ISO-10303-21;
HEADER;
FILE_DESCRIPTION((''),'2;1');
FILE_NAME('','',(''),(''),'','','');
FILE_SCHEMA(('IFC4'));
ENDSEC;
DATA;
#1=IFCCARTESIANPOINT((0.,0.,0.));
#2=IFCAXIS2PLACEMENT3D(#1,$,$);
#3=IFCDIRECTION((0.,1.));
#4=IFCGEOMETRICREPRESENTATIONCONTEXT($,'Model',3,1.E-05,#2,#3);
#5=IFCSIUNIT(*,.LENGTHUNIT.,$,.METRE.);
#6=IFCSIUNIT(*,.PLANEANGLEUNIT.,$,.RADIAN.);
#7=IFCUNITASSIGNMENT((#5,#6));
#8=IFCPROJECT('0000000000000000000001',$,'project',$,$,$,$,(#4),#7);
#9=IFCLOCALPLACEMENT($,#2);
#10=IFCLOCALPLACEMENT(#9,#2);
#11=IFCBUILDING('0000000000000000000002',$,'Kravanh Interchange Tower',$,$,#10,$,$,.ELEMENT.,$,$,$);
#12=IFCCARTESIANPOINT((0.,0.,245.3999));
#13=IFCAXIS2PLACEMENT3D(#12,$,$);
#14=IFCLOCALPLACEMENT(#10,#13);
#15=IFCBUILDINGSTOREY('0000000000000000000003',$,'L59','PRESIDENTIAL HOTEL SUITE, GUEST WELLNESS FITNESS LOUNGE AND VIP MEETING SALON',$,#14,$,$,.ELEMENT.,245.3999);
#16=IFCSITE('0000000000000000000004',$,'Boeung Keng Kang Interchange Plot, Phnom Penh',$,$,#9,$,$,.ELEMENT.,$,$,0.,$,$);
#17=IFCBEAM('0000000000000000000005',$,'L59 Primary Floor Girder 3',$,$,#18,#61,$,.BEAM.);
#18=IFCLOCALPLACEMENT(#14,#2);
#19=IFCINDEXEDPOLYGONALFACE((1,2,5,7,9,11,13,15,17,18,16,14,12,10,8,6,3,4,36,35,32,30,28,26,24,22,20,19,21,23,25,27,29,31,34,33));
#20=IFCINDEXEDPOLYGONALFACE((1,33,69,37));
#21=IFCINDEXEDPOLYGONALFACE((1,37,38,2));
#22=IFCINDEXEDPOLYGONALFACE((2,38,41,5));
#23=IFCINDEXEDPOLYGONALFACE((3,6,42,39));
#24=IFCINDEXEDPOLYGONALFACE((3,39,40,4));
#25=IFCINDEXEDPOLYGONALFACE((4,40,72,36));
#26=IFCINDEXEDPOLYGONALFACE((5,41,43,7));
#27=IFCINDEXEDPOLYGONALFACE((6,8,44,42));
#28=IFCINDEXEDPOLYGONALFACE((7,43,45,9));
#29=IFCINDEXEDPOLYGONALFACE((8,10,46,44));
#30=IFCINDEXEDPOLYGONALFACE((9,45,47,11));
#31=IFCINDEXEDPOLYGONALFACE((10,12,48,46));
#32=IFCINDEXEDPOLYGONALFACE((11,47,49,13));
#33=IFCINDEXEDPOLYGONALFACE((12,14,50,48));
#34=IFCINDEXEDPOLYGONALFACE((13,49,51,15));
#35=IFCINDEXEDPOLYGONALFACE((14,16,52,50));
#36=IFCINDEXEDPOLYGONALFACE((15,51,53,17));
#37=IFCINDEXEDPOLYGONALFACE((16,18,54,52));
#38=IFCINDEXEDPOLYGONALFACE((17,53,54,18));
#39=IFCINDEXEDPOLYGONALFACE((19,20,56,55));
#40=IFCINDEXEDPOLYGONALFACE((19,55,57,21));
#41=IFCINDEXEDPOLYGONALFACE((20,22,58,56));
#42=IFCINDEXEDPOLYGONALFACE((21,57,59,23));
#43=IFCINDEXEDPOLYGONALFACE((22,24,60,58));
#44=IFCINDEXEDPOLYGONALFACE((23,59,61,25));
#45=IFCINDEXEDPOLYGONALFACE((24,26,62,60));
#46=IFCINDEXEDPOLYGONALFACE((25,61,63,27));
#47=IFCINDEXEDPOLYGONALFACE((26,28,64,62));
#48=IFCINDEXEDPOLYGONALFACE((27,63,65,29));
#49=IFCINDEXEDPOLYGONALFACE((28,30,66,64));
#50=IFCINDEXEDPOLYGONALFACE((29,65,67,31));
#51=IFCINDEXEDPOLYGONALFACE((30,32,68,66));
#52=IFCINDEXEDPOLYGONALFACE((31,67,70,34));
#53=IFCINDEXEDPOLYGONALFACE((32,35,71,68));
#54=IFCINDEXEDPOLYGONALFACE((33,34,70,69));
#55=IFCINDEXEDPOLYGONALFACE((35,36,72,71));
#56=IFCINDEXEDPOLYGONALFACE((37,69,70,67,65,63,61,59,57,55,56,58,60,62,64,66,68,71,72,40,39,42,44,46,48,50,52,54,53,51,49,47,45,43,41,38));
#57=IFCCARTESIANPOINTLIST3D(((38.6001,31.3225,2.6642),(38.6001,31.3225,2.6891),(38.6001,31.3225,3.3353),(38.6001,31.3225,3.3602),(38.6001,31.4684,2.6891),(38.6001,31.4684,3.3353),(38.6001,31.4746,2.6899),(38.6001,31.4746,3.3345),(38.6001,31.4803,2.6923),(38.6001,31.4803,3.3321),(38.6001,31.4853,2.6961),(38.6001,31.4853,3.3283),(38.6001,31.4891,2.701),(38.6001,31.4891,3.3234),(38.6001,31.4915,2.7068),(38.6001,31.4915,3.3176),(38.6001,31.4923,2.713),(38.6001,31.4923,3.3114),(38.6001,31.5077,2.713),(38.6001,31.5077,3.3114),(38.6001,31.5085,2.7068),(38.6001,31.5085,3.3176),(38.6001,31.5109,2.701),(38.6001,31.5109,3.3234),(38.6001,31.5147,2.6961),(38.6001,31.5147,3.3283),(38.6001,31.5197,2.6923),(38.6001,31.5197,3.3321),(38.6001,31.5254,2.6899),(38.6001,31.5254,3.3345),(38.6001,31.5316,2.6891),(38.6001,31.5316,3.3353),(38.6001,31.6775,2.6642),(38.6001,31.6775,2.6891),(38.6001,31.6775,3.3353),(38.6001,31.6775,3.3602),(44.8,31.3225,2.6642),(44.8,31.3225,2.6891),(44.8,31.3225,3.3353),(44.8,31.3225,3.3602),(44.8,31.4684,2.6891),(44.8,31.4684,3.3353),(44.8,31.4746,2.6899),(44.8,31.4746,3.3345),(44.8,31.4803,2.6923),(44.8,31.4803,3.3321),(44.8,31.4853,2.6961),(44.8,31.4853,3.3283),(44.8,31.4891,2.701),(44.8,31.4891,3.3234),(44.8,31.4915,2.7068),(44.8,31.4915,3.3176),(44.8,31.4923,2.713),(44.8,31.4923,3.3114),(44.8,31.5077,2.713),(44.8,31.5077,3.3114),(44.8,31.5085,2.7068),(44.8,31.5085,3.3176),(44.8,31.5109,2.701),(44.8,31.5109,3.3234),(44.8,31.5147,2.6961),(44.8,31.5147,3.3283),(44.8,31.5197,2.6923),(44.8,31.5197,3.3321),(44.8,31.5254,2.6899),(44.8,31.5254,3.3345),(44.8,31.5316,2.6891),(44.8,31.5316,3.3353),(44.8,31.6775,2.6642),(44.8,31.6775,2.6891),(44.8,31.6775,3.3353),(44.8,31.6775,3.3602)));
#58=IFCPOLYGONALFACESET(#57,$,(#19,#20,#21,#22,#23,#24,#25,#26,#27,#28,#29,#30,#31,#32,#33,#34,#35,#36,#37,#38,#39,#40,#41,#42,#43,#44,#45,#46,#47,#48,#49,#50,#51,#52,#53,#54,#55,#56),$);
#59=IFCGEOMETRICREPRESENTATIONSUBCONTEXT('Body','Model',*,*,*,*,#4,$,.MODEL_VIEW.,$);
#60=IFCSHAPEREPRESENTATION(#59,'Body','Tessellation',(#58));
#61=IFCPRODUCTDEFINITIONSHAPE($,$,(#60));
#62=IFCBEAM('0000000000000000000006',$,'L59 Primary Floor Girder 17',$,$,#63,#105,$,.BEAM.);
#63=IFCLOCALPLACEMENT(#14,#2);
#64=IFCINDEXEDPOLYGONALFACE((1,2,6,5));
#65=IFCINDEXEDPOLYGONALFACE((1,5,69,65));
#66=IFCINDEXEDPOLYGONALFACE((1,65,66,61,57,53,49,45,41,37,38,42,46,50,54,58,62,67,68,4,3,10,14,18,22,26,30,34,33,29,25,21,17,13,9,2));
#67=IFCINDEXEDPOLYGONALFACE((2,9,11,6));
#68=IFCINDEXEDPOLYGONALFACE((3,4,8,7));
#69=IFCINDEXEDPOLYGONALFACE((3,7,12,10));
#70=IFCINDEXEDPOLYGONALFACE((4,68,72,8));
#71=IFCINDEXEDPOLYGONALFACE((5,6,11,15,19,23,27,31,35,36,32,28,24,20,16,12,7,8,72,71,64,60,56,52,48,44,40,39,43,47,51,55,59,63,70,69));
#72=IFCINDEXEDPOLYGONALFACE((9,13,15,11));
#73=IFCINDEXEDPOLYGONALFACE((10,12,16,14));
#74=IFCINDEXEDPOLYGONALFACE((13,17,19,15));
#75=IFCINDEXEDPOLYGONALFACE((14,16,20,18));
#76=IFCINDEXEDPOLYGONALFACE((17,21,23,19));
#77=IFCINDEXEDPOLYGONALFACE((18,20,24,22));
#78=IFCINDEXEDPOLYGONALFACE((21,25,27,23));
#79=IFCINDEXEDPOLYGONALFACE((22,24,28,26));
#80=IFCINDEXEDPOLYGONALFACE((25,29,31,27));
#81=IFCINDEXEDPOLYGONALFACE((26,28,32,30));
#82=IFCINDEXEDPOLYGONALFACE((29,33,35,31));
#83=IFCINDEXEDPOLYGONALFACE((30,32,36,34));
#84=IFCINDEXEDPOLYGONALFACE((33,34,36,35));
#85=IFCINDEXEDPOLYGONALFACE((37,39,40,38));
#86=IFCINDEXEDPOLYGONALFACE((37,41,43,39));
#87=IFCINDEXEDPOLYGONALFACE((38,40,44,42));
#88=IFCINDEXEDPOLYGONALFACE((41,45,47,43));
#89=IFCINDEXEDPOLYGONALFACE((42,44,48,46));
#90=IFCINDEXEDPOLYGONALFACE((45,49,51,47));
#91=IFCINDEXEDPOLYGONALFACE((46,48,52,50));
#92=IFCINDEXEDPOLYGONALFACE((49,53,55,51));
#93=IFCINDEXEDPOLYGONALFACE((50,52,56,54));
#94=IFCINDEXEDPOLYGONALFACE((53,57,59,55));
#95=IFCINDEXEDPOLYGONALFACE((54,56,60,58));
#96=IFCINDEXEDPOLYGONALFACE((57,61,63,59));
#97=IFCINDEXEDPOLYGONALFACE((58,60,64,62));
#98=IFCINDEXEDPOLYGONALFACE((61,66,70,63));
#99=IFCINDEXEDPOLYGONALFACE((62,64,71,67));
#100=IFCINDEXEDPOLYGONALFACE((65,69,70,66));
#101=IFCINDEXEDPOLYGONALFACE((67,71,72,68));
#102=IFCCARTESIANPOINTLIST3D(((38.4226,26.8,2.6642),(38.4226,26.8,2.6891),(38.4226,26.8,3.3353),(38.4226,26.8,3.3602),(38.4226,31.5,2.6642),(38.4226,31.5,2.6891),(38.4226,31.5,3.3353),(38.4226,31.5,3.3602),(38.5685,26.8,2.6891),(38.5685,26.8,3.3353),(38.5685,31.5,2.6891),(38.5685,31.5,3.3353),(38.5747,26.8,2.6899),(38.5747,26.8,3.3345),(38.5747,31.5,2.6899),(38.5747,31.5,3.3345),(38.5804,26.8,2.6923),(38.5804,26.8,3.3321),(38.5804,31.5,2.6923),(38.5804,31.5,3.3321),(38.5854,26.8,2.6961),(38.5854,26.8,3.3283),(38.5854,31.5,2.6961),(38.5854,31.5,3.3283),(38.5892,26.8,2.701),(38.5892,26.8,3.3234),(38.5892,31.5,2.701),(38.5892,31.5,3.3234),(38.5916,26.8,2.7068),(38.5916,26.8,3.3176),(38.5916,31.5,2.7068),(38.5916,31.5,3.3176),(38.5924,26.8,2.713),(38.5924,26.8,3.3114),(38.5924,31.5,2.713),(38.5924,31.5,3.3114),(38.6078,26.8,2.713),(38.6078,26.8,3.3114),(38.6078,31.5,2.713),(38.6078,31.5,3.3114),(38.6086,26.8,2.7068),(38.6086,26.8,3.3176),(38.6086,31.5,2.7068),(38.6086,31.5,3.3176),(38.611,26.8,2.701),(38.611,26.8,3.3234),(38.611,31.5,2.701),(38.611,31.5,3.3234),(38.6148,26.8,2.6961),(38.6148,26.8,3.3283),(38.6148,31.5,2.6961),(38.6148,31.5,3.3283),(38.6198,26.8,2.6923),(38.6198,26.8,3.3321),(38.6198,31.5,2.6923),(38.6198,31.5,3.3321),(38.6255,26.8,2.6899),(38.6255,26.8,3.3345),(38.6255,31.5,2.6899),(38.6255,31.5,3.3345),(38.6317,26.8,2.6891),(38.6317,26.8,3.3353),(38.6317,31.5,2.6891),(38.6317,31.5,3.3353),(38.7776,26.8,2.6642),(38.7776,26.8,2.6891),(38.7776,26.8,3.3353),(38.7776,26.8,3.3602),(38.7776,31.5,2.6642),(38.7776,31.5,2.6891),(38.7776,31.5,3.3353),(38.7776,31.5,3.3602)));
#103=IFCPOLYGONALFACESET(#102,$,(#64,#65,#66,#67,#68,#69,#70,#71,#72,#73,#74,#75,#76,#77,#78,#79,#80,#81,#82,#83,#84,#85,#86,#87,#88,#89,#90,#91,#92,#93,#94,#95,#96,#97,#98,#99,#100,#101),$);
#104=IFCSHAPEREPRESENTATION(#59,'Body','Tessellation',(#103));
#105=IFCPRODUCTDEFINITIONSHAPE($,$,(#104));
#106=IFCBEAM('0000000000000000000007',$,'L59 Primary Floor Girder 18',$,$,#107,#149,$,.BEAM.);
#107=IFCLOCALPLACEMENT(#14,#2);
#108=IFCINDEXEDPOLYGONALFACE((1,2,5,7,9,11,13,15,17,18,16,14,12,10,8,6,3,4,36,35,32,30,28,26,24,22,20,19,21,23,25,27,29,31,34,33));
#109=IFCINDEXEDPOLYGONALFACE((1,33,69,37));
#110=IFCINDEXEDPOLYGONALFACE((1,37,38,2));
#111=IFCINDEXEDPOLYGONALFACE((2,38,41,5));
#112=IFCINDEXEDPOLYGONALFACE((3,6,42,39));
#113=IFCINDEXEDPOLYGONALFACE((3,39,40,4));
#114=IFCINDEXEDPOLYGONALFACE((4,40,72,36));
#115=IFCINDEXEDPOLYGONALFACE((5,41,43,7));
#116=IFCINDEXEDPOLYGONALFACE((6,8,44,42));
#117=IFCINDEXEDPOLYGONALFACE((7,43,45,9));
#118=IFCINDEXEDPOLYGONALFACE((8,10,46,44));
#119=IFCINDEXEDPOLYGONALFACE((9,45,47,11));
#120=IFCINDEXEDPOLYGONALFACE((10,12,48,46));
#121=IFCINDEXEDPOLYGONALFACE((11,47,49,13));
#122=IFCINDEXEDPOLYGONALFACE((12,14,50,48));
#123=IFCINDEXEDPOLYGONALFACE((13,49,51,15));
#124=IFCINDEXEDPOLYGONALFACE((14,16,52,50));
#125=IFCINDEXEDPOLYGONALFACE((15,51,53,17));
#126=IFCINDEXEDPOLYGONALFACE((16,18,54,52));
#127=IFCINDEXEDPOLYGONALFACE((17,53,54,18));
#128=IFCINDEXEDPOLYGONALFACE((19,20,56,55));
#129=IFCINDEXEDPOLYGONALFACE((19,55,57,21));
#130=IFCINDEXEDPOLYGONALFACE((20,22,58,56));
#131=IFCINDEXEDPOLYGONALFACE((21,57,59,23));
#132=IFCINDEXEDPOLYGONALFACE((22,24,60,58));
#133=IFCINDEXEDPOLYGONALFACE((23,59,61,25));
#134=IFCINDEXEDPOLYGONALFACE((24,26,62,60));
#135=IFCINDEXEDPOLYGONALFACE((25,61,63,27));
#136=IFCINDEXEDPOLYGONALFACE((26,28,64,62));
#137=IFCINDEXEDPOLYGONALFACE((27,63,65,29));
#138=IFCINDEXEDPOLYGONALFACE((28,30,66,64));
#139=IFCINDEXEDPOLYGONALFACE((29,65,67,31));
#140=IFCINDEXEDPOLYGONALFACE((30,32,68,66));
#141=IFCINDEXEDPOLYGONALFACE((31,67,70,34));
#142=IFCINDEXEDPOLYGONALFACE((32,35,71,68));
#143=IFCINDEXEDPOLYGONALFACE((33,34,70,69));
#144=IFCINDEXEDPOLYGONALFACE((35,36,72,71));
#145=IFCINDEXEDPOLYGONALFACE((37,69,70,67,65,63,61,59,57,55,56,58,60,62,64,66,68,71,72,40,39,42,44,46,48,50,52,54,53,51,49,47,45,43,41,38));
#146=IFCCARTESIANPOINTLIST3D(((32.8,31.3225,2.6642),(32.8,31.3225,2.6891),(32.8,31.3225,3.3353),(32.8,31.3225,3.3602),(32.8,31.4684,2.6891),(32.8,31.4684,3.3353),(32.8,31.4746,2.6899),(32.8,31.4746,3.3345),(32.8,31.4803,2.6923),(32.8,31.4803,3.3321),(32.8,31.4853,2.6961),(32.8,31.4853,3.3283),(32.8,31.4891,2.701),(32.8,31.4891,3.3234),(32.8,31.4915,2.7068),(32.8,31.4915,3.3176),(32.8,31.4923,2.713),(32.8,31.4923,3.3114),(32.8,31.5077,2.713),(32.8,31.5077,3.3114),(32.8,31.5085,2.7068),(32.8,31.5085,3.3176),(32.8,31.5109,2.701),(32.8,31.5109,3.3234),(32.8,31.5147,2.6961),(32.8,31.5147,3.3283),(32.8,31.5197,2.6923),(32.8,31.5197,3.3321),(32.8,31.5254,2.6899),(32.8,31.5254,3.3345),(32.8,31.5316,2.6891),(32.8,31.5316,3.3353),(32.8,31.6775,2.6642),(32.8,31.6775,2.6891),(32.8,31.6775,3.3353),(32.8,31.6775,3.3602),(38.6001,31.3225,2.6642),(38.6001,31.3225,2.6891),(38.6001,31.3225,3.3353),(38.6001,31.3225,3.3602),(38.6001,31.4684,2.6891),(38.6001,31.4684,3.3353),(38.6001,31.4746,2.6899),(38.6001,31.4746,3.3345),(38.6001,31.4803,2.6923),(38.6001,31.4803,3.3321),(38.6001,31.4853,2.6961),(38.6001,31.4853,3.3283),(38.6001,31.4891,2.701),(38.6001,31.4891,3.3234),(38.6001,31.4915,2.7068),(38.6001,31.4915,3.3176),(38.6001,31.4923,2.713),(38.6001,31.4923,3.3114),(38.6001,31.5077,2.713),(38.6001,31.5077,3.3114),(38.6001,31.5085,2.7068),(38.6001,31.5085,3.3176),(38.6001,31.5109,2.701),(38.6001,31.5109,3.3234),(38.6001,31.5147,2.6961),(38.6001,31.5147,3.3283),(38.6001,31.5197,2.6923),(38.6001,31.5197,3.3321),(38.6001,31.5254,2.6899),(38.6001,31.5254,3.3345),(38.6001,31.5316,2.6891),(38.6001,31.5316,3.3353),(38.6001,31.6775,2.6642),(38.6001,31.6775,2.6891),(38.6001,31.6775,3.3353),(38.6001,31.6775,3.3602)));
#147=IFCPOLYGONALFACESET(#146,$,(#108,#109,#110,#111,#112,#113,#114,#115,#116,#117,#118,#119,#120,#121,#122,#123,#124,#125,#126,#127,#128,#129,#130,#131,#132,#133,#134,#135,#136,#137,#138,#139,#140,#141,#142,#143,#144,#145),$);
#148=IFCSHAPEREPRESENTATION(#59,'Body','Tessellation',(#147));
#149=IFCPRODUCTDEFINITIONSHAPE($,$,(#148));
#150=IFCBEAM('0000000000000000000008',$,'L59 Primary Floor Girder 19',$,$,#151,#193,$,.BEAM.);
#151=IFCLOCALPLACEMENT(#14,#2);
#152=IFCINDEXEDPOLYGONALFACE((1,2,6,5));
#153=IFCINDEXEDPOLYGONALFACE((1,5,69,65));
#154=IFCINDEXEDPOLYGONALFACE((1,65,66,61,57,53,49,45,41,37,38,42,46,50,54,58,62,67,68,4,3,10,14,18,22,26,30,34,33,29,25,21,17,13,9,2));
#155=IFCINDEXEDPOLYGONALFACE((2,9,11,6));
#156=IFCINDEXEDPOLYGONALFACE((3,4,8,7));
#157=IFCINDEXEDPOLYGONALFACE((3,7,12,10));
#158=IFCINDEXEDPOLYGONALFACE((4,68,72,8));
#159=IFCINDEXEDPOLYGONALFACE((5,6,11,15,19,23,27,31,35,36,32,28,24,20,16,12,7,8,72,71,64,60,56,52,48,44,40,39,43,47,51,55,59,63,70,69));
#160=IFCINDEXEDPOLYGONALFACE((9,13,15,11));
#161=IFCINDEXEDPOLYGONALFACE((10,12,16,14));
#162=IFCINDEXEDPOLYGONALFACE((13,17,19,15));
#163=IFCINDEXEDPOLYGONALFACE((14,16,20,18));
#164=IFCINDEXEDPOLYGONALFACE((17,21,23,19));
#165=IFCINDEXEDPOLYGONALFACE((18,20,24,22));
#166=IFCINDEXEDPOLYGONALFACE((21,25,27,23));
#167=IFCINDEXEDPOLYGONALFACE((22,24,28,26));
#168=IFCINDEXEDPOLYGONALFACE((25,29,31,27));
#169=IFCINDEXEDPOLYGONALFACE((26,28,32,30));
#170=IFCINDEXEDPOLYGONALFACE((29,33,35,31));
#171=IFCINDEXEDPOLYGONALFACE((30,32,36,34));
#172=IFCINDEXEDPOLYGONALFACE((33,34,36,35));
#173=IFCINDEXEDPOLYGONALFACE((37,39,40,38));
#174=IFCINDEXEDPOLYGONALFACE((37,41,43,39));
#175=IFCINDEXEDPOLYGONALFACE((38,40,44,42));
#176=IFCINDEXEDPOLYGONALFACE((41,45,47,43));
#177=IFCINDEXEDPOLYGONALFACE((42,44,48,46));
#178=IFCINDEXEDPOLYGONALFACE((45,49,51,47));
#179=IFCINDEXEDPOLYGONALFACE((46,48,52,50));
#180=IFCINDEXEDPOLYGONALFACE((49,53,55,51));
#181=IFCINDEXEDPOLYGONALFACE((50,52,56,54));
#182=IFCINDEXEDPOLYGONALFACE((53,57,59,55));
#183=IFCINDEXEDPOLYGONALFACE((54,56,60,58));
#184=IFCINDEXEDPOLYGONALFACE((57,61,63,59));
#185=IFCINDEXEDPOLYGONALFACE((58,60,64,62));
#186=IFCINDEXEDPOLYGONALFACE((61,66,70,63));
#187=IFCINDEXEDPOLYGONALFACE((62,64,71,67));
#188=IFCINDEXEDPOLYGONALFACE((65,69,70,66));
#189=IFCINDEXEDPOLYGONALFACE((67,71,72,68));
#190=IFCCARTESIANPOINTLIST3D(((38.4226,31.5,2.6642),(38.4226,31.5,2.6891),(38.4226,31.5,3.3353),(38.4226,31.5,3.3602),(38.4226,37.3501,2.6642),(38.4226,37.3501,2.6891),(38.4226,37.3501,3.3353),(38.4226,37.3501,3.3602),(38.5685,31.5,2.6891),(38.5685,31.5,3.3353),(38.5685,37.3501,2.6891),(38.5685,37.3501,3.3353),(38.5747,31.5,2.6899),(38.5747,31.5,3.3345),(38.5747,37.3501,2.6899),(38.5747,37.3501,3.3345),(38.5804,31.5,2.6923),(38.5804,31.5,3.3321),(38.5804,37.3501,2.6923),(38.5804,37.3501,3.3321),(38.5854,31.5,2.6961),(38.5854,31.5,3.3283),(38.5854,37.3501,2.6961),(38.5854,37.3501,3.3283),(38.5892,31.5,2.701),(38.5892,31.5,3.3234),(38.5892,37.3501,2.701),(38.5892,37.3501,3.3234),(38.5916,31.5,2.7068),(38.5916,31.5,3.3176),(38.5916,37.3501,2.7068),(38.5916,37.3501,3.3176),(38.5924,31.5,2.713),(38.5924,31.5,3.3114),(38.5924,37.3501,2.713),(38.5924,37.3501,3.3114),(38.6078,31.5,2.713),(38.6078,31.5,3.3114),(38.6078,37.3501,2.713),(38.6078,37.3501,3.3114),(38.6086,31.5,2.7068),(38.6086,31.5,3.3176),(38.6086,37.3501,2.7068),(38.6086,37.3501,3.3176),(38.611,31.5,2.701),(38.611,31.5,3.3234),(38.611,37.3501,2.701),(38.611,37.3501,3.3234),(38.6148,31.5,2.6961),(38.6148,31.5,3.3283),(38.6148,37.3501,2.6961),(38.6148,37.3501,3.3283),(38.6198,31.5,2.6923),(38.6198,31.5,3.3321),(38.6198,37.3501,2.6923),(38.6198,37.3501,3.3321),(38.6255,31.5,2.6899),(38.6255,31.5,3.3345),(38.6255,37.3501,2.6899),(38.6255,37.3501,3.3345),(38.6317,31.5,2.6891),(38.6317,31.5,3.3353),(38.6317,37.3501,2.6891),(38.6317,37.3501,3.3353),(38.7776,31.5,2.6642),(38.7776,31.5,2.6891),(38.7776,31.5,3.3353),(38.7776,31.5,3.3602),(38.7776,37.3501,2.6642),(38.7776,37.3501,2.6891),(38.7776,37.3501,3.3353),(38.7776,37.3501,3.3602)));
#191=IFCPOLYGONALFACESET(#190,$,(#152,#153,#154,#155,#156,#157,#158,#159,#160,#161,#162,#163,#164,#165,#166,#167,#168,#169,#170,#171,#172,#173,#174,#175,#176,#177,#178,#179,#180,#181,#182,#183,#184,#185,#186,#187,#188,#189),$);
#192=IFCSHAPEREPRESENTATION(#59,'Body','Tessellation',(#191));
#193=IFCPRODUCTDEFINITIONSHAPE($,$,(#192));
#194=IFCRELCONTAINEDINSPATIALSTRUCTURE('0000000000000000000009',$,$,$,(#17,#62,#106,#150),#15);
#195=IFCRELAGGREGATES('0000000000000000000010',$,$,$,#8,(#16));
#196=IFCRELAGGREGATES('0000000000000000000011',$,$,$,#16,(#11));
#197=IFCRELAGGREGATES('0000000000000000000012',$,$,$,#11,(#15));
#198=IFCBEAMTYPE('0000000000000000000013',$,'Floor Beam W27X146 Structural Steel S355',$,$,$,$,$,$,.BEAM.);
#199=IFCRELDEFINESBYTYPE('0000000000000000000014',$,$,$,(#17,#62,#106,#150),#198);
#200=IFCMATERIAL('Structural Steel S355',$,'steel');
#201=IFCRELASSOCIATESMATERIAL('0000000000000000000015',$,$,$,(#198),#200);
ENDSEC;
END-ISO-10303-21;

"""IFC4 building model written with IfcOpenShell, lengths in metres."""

from ifc_helpers import new_model, si_unit, direction, frame, origin, origin_2d, place, context, subcontext, project, spatial, i_section, extrude, material, material_profile, profile_set, type_object, element, save


model = new_model("IFC4")

# Units and contexts
model_context = context("Model", 3, precision=1e-05, world=origin(), true_north=direction((0.0, 1.0)))
body_context = subcontext(model_context, "Body", "Model", "MODEL_VIEW")
ifc_project = project(units=[si_unit("LENGTHUNIT", "METRE"), si_unit("PLANEANGLEUNIT", "RADIAN")], contexts=[model_context])

# Site, building, storey
site_placement = place(None, origin())
site = spatial("IfcSite", under=ifc_project, at=site_placement, Name="Boeung Keng Kang Interchange Plot, Phnom Penh", CompositionType="ELEMENT", RefElevation=0.0)
building_placement = place(site_placement, origin())
building = spatial("IfcBuilding", under=site, at=building_placement, Name="Kravanh Interchange Tower", CompositionType="ELEMENT")
storey_placement = place(building_placement, frame((0.0, 0.0, 245.3999)))
storey = spatial("IfcBuildingStorey", under=building, at=storey_placement, Name="L59", Description="PRESIDENTIAL HOTEL SUITE, GUEST WELLNESS FITNESS LOUNGE AND VIP MEETING SALON", CompositionType="ELEMENT", Elevation=245.3999)

# Beams
ifc_material_1 = material(Name="Structural Steel S355", Category="steel")
ifc_material_profile_1 = material_profile(ifc_material_1, i_section(OverallWidth=0.355, OverallDepth=0.696, WebThickness=0.0154, FlangeThickness=0.0249, FilletRadius=0.0239, at=origin_2d()), Name="W27X146")
ifc_profile_set_1 = profile_set([ifc_material_profile_1], Name="Structural Steel S355")
beam_type_1 = type_object("IfcBeamType", Name="Floor Beam W27X146 Structural Steel S355", PredefinedType="BEAM", material=ifc_profile_set_1)
beam_1_placement = place(storey_placement, frame((44.8, 31.5, 3.0122), z_axis=(-1.0, 0.0, 0.0), x_axis=(0.0, -1.0, 0.0)))
element("IfcBeam", 1, at=beam_1_placement, inside=storey, type_object=beam_type_1, Name="L59 Primary Floor Girder 3", PredefinedType="BEAM", context=body_context, shape_type="SweptSolid", body=[
    extrude(i_section(OverallWidth=0.355, OverallDepth=0.696, WebThickness=0.0154, FlangeThickness=0.0249, FilletRadius=0.0239, at=origin_2d()), origin(), (0.0, 0.0, 1.0), 6.2),
])
beam_2_placement = place(storey_placement, frame((38.6001, 31.5, 3.0122), z_axis=(0.0, -1.0, 0.0), x_axis=(1.0, 0.0, 0.0)))
element("IfcBeam", 2, at=beam_2_placement, inside=storey, type_object=beam_type_1, Name="L59 Primary Floor Girder 17", PredefinedType="BEAM", context=body_context, shape_type="SweptSolid", body=[
    extrude(i_section(OverallWidth=0.355, OverallDepth=0.696, WebThickness=0.0154, FlangeThickness=0.0249, FilletRadius=0.0239, at=origin_2d()), origin(), (0.0, 0.0, 1.0), 4.7),
])
beam_3_placement = place(storey_placement, frame((38.6001, 31.5, 3.0122), z_axis=(-1.0, 0.0, 0.0), x_axis=(0.0, -1.0, 0.0)))
element("IfcBeam", 3, at=beam_3_placement, inside=storey, type_object=beam_type_1, Name="L59 Primary Floor Girder 18", PredefinedType="BEAM", context=body_context, shape_type="SweptSolid", body=[
    extrude(i_section(OverallWidth=0.355, OverallDepth=0.696, WebThickness=0.0154, FlangeThickness=0.0249, FilletRadius=0.0239, at=origin_2d()), origin(), (0.0, 0.0, 1.0), 5.8),
])
beam_4_placement = place(storey_placement, frame((38.6001, 31.5, 3.0122), z_axis=(0.0, 1.0, 0.0), x_axis=(-1.0, 0.0, 0.0)))
element("IfcBeam", 4, at=beam_4_placement, inside=storey, type_object=beam_type_1, Name="L59 Primary Floor Girder 19", PredefinedType="BEAM", context=body_context, shape_type="SweptSolid", body=[
    extrude(i_section(OverallWidth=0.355, OverallDepth=0.696, WebThickness=0.0154, FlangeThickness=0.0249, FilletRadius=0.0239, at=origin_2d()), origin(), (0.0, 0.0, 1.0), 5.8501),
])

save(model, "model.ifc")
